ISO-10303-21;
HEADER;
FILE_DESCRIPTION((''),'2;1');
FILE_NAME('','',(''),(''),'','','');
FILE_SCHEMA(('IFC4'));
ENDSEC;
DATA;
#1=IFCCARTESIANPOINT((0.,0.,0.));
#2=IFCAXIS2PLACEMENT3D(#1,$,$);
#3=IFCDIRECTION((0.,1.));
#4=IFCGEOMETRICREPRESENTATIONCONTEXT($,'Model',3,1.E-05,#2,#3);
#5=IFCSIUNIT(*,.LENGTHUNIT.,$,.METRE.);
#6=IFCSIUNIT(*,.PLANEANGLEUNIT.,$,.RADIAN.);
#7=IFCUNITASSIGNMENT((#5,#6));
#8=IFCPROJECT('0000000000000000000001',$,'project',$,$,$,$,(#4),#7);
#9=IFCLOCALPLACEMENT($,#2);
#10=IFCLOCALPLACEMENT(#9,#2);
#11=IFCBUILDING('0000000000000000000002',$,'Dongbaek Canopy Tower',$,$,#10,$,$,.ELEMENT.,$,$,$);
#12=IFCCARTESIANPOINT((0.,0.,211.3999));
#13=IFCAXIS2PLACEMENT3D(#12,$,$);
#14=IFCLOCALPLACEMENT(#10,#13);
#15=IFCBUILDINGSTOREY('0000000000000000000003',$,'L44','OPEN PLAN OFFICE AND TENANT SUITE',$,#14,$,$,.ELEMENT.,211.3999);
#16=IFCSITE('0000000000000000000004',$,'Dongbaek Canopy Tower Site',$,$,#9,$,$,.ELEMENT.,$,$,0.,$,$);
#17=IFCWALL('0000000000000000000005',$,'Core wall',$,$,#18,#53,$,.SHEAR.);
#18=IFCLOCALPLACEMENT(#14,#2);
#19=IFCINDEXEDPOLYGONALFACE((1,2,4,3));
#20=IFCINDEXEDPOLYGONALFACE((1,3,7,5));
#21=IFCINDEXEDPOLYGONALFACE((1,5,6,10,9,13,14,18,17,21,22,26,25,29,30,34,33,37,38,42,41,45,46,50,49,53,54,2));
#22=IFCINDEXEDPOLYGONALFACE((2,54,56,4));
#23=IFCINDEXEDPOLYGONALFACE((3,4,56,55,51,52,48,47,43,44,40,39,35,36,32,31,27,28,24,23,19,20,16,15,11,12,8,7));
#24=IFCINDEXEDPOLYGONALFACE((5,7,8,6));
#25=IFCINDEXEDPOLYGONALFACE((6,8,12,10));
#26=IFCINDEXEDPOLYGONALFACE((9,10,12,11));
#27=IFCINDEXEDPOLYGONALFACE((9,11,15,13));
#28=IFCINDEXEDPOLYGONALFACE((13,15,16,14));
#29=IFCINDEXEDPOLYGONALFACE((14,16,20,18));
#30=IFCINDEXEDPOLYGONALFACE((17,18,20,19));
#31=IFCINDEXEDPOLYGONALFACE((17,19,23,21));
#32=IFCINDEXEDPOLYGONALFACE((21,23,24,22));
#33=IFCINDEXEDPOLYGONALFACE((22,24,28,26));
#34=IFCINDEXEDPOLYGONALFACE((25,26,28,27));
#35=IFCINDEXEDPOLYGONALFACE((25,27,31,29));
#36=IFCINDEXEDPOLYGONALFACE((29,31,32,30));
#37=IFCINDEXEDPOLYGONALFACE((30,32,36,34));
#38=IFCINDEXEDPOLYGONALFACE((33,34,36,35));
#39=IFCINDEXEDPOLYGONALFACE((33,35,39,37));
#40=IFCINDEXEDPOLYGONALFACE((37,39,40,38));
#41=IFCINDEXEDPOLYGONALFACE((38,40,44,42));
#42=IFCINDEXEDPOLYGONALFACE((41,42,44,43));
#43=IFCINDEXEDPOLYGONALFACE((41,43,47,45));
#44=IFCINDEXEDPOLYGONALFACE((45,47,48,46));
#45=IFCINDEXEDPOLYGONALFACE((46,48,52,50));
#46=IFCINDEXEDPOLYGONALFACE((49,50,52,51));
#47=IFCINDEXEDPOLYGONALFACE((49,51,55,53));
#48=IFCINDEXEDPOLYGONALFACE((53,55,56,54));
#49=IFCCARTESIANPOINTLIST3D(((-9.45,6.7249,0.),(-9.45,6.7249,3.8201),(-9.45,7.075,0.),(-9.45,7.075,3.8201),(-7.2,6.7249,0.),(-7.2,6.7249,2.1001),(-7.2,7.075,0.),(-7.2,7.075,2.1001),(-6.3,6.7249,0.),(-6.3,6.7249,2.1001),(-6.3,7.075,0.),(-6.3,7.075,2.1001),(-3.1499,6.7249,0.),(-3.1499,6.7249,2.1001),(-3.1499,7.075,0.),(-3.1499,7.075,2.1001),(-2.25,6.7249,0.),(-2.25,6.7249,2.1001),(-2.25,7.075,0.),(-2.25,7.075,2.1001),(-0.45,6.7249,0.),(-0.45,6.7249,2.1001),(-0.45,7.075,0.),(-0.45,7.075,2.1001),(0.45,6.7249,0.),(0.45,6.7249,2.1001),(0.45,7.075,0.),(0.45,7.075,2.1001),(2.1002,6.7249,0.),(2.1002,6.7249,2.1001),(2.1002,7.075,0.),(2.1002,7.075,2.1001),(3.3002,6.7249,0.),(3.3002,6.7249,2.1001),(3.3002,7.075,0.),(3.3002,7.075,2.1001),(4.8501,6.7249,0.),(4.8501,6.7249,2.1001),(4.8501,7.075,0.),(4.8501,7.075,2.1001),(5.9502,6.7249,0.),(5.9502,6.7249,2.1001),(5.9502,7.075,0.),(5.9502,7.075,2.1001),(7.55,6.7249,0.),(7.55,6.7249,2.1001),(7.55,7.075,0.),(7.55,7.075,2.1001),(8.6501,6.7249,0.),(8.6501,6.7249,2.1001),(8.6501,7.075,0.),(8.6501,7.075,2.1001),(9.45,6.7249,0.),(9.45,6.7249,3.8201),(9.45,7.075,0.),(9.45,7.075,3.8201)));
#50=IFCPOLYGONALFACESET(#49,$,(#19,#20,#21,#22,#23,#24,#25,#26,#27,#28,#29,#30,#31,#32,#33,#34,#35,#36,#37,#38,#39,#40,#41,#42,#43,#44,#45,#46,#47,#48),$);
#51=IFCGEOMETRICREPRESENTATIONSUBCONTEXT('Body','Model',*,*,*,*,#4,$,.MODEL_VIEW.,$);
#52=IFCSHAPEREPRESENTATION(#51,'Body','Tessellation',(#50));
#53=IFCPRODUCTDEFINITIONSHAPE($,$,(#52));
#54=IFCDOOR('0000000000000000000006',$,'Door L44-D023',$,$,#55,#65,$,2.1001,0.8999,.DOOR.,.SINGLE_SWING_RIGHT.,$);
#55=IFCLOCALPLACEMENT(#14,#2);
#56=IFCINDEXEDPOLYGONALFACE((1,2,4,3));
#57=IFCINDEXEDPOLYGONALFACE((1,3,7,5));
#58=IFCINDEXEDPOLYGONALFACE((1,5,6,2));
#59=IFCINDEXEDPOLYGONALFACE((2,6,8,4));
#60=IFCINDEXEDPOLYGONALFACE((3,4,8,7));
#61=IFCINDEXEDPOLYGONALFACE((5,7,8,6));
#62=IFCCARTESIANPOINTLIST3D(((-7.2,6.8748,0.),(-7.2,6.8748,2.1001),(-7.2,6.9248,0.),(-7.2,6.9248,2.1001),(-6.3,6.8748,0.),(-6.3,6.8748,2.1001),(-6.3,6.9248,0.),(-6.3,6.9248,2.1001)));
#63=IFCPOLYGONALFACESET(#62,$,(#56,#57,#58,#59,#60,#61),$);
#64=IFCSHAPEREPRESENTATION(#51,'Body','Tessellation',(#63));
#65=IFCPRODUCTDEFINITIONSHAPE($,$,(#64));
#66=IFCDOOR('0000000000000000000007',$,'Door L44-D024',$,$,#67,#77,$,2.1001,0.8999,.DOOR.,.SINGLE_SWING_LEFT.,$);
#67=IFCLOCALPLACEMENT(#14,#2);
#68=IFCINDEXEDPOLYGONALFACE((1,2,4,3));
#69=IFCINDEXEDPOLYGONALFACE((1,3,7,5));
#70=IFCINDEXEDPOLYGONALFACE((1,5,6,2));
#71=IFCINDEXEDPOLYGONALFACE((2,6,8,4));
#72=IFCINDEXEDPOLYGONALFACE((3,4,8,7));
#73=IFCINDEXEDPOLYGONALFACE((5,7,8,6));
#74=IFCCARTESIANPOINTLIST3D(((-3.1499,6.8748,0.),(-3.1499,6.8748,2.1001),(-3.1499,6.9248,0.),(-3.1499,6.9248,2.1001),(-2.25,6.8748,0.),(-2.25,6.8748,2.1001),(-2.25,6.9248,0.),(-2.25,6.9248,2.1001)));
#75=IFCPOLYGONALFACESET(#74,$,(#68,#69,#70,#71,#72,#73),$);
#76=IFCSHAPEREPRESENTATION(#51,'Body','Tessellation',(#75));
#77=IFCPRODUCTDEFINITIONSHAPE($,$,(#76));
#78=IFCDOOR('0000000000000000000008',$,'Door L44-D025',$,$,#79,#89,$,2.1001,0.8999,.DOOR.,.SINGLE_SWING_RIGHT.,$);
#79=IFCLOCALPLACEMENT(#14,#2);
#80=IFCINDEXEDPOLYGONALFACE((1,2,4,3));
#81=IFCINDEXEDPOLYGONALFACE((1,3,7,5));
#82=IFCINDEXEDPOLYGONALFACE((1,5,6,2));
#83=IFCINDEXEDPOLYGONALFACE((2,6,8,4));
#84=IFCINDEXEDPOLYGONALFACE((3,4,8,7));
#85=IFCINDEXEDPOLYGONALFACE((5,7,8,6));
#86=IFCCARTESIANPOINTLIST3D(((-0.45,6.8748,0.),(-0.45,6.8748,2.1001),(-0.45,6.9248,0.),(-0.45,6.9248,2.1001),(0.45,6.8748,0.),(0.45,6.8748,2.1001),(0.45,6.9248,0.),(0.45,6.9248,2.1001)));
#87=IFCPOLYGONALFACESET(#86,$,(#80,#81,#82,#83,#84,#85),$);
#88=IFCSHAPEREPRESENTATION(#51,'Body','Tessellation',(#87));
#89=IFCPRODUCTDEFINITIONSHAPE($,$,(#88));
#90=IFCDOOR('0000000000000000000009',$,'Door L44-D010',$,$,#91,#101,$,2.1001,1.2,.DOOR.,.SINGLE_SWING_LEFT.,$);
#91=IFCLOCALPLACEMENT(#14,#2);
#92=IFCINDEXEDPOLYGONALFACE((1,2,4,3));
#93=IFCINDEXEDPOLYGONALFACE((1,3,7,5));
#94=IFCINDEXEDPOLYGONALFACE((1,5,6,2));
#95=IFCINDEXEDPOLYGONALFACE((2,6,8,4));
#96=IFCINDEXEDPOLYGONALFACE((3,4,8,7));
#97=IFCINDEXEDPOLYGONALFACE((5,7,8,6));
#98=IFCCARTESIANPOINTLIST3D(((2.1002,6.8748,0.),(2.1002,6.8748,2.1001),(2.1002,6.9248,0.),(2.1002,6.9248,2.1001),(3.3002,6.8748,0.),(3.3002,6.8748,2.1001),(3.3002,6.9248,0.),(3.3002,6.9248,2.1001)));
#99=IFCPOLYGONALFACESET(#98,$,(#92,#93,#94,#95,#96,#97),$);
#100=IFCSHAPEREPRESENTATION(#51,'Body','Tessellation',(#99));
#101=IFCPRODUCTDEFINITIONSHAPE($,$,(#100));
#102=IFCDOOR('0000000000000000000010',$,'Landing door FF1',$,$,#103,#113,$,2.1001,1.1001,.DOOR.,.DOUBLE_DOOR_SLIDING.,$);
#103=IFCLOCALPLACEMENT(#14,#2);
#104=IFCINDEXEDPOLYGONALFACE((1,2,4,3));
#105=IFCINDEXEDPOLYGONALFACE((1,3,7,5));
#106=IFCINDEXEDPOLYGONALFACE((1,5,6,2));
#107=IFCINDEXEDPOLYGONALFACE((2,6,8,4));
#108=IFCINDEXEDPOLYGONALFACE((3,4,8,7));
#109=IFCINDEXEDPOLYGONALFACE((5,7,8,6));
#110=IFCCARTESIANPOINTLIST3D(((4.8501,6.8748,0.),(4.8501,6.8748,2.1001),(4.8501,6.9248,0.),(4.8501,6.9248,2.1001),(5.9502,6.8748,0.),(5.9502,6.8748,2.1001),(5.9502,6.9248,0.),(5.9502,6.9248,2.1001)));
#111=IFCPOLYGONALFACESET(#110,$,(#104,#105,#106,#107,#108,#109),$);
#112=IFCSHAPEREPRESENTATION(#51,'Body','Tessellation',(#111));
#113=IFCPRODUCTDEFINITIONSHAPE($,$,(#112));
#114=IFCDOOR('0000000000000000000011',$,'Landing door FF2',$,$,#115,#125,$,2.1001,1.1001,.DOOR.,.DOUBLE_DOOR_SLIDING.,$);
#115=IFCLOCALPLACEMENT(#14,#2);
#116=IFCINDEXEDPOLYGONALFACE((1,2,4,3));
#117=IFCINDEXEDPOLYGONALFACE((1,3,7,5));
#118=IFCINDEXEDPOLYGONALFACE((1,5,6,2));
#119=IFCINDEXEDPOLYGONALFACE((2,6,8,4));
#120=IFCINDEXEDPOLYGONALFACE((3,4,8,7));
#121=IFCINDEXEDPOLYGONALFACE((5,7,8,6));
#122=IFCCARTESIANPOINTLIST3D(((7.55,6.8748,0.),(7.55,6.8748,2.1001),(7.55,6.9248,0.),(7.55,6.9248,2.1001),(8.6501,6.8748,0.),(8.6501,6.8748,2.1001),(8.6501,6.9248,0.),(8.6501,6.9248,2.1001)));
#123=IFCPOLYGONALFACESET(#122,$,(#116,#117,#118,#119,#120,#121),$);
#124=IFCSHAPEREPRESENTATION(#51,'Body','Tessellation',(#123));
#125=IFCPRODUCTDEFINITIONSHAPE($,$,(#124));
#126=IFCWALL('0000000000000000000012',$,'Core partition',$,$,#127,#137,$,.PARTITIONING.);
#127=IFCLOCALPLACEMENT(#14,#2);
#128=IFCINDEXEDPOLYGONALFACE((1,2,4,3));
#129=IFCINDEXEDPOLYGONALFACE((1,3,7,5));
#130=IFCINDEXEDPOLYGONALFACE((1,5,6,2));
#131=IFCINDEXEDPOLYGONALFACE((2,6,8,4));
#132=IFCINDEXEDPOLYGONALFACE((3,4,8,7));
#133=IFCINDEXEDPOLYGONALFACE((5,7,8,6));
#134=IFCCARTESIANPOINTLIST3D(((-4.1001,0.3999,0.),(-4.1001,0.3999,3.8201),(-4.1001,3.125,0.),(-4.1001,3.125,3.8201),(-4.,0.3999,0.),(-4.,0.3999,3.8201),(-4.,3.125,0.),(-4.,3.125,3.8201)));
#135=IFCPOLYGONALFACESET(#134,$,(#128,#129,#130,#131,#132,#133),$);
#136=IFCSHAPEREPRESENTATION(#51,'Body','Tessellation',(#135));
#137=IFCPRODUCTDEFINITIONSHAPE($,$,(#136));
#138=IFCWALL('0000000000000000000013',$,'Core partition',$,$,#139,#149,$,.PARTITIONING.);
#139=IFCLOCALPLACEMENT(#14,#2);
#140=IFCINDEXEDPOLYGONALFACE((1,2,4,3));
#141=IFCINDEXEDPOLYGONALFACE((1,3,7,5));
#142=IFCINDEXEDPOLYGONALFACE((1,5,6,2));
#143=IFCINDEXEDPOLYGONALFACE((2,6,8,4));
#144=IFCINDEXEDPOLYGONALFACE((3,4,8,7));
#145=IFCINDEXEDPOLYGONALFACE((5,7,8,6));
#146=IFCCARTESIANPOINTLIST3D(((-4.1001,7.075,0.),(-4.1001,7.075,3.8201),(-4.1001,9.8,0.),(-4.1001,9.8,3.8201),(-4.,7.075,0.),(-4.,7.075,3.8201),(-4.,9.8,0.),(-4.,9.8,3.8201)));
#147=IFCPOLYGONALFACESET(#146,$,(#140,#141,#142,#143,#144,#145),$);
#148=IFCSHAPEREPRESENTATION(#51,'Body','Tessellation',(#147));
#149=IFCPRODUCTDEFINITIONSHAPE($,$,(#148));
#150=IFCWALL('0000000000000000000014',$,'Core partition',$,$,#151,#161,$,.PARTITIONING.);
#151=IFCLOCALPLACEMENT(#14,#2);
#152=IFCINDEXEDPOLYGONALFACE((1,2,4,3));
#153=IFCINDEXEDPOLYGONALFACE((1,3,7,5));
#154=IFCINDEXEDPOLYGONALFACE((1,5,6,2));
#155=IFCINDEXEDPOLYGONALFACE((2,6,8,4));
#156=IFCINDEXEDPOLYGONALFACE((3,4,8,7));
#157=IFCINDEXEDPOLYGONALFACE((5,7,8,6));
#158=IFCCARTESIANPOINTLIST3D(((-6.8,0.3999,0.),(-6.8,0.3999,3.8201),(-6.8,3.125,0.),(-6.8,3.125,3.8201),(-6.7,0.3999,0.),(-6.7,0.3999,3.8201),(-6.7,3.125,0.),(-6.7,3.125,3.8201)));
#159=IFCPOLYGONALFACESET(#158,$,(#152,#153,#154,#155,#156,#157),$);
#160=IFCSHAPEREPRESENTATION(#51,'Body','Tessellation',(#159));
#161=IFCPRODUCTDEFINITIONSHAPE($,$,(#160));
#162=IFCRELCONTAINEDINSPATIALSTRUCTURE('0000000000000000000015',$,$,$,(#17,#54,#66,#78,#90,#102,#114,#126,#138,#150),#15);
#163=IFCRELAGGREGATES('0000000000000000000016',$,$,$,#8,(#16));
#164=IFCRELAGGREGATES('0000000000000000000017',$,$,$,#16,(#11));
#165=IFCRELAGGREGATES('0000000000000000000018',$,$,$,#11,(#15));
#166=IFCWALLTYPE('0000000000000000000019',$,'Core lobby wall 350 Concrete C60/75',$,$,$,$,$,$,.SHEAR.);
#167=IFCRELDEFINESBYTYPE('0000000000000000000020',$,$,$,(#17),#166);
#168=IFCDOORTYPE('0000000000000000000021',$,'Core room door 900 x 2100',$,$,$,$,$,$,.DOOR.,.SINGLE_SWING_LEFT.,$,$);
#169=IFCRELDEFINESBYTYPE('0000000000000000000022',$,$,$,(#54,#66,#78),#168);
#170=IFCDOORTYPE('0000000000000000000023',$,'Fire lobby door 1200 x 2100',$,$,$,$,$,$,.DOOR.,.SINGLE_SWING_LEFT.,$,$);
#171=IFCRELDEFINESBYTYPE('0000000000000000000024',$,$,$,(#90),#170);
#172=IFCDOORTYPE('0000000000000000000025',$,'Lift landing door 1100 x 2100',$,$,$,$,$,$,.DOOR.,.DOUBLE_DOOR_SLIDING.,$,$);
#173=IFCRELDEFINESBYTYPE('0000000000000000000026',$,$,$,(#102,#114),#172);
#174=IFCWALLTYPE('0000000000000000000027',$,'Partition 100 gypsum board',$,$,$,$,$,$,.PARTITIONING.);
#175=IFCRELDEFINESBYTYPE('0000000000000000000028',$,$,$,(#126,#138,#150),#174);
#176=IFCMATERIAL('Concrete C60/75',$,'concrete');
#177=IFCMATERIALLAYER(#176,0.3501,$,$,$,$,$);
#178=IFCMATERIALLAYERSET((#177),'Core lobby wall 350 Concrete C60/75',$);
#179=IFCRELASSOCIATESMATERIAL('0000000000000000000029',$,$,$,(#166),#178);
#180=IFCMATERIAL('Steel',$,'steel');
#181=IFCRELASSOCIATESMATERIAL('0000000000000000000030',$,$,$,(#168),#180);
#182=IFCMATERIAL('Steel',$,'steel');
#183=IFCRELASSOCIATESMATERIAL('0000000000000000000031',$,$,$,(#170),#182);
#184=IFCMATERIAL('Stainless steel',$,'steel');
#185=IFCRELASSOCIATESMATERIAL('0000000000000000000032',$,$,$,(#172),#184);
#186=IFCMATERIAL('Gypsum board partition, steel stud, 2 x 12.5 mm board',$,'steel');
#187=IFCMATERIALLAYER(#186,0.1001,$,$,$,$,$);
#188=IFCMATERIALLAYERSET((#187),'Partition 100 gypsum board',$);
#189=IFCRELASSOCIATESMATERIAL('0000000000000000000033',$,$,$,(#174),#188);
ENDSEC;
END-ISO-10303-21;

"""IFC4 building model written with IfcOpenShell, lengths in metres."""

from ifc_helpers import new_model, si_unit, direction, frame, frame_2d, origin, place, context, subcontext, project, spatial, rectangle, extrude, material, layer, layer_set, type_object, element, fill, save


model = new_model("IFC4")

# Units and contexts
model_context = context("Model", 3, precision=1e-05, world=origin(), true_north=direction((0.0, 1.0)))
body_context = subcontext(model_context, "Body", "Model", "MODEL_VIEW")
ifc_project = project(units=[si_unit("LENGTHUNIT", "METRE"), si_unit("PLANEANGLEUNIT", "RADIAN")], contexts=[model_context])

# Site, building, storey
site_placement = place(None, origin())
site = spatial("IfcSite", under=ifc_project, at=site_placement, Name="Dongbaek Canopy Tower Site", CompositionType="ELEMENT", RefElevation=0.0)
building_placement = place(site_placement, origin())
building = spatial("IfcBuilding", under=site, at=building_placement, Name="Dongbaek Canopy Tower", CompositionType="ELEMENT")
storey_placement = place(building_placement, frame((0.0, 0.0, 211.3999)))
storey = spatial("IfcBuildingStorey", under=building, at=storey_placement, Name="L44", Description="OPEN PLAN OFFICE AND TENANT SUITE", CompositionType="ELEMENT", Elevation=211.3999)

# Wall, openings, doors
ifc_material_1 = material(Name="Concrete C60/75", Category="concrete")
ifc_layer_1 = layer(ifc_material_1, 0.3501)
ifc_layer_set_1 = layer_set([ifc_layer_1], Name="Core lobby wall 350 Concrete C60/75")
wall_type_1 = type_object("IfcWallType", Name="Core lobby wall 350 Concrete C60/75", PredefinedType="SHEAR", material=ifc_layer_set_1)
wall_1_placement = place(storey_placement, frame((-9.45, 6.8999, 0.0), z_axis=(0.0, 0.0, 1.0), x_axis=(1.0, 0.0, 0.0)))
wall_1 = element("IfcWall", 1, at=wall_1_placement, inside=storey, type_object=wall_type_1, Name="Core wall", PredefinedType="SHEAR", context=body_context, shape_type="SweptSolid", body=[
    extrude(rectangle(XDim=18.8999, YDim=0.3501, at=frame_2d((9.45, 0.0))), origin(), (0.0, 0.0, 1.0), 3.8201),
])
opening_1_placement = place(wall_1_placement, frame((11.55, 0.0, 0.0)))
opening_1 = element("IfcOpeningElement", 2, at=opening_1_placement, cuts=wall_1, PredefinedType="OPENING", context=body_context, shape_type="SweptSolid", body=[
    extrude(rectangle(XDim=1.2, YDim=2.1001, at=frame_2d((0.6001, 1.05))), frame((0.0, 0.1851, 0.0), z_axis=(0.0, -1.0, 0.0), x_axis=(1.0, 0.0, 0.0)), (0.0, 0.0, 1.0), 0.3701),
])
opening_2_placement = place(wall_1_placement, frame((14.3, 0.0, 0.0)))
opening_2 = element("IfcOpeningElement", 3, at=opening_2_placement, cuts=wall_1, PredefinedType="OPENING", context=body_context, shape_type="SweptSolid", body=[
    extrude(rectangle(XDim=1.1001, YDim=2.1001, at=frame_2d((0.55, 1.05))), frame((0.0, 0.1851, 0.0), z_axis=(0.0, -1.0, 0.0), x_axis=(1.0, 0.0, 0.0)), (0.0, 0.0, 1.0), 0.3701),
])
opening_3_placement = place(wall_1_placement, frame((17.0, 0.0, 0.0)))
opening_3 = element("IfcOpeningElement", 4, at=opening_3_placement, cuts=wall_1, PredefinedType="OPENING", context=body_context, shape_type="SweptSolid", body=[
    extrude(rectangle(XDim=1.1001, YDim=2.1001, at=frame_2d((0.55, 1.05))), frame((0.0, 0.1851, 0.0), z_axis=(0.0, -1.0, 0.0), x_axis=(1.0, 0.0, 0.0)), (0.0, 0.0, 1.0), 0.3701),
])
opening_4_placement = place(wall_1_placement, frame((2.25, 0.0, 0.0)))
opening_4 = element("IfcOpeningElement", 5, at=opening_4_placement, cuts=wall_1, PredefinedType="OPENING", context=body_context, shape_type="SweptSolid", body=[
    extrude(rectangle(XDim=0.8999, YDim=2.1001, at=frame_2d((0.45, 1.05))), frame((0.0, 0.1851, 0.0), z_axis=(0.0, -1.0, 0.0), x_axis=(1.0, 0.0, 0.0)), (0.0, 0.0, 1.0), 0.3701),
])
opening_5_placement = place(wall_1_placement, frame((6.3, 0.0, 0.0)))
opening_5 = element("IfcOpeningElement", 6, at=opening_5_placement, cuts=wall_1, PredefinedType="OPENING", context=body_context, shape_type="SweptSolid", body=[
    extrude(rectangle(XDim=0.8999, YDim=2.1001, at=frame_2d((0.45, 1.05))), frame((0.0, 0.1851, 0.0), z_axis=(0.0, -1.0, 0.0), x_axis=(1.0, 0.0, 0.0)), (0.0, 0.0, 1.0), 0.3701),
])
opening_6_placement = place(wall_1_placement, frame((9.0, 0.0, 0.0)))
opening_6 = element("IfcOpeningElement", 7, at=opening_6_placement, cuts=wall_1, PredefinedType="OPENING", context=body_context, shape_type="SweptSolid", body=[
    extrude(rectangle(XDim=0.8999, YDim=2.1001, at=frame_2d((0.45, 1.05))), frame((0.0, 0.1851, 0.0), z_axis=(0.0, -1.0, 0.0), x_axis=(1.0, 0.0, 0.0)), (0.0, 0.0, 1.0), 0.3701),
])
ifc_material_2 = material(Name="Steel", Category="steel")
door_type_1 = type_object("IfcDoorType", Name="Core room door 900 x 2100", OperationType="SINGLE_SWING_LEFT", PredefinedType="DOOR", material=ifc_material_2)
door_1_placement = place(opening_4_placement, origin())
door_1 = element("IfcDoor", 8, at=door_1_placement, inside=storey, type_object=door_type_1, Name="Door L44-D023", OperationType="SINGLE_SWING_RIGHT", OverallHeight=2.1001, OverallWidth=0.8999, PredefinedType="DOOR", context=body_context, shape_type="SweptSolid", body=[
    extrude(rectangle(XDim=0.8999, YDim=2.1001, at=frame_2d((0.45, 1.05))), frame((0.0, 0.0249, 0.0), z_axis=(0.0, -1.0, 0.0), x_axis=(1.0, 0.0, 0.0)), (0.0, 0.0, 1.0), 0.05),
])
fill(opening_4, door_1)
door_2_placement = place(opening_5_placement, origin())
door_2 = element("IfcDoor", 9, at=door_2_placement, inside=storey, type_object=door_type_1, Name="Door L44-D024", OperationType="SINGLE_SWING_LEFT", OverallHeight=2.1001, OverallWidth=0.8999, PredefinedType="DOOR", context=body_context, shape_type="SweptSolid", body=[
    extrude(rectangle(XDim=0.8999, YDim=2.1001, at=frame_2d((0.45, 1.05))), frame((0.0, 0.0249, 0.0), z_axis=(0.0, -1.0, 0.0), x_axis=(1.0, 0.0, 0.0)), (0.0, 0.0, 1.0), 0.05),
])
fill(opening_5, door_2)
door_3_placement = place(opening_6_placement, origin())
door_3 = element("IfcDoor", 10, at=door_3_placement, inside=storey, type_object=door_type_1, Name="Door L44-D025", OperationType="SINGLE_SWING_RIGHT", OverallHeight=2.1001, OverallWidth=0.8999, PredefinedType="DOOR", context=body_context, shape_type="SweptSolid", body=[
    extrude(rectangle(XDim=0.8999, YDim=2.1001, at=frame_2d((0.45, 1.05))), frame((0.0, 0.0249, 0.0), z_axis=(0.0, -1.0, 0.0), x_axis=(1.0, 0.0, 0.0)), (0.0, 0.0, 1.0), 0.05),
])
fill(opening_6, door_3)
ifc_material_3 = material(Name="Steel", Category="steel")
door_type_2 = type_object("IfcDoorType", Name="Fire lobby door 1200 x 2100", OperationType="SINGLE_SWING_LEFT", PredefinedType="DOOR", material=ifc_material_3)
door_4_placement = place(opening_1_placement, origin())
door_4 = element("IfcDoor", 11, at=door_4_placement, inside=storey, type_object=door_type_2, Name="Door L44-D010", OperationType="SINGLE_SWING_LEFT", OverallHeight=2.1001, OverallWidth=1.2, PredefinedType="DOOR", context=body_context, shape_type="SweptSolid", body=[
    extrude(rectangle(XDim=1.2, YDim=2.1001, at=frame_2d((0.6001, 1.05))), frame((0.0, 0.0249, 0.0), z_axis=(0.0, -1.0, 0.0), x_axis=(1.0, 0.0, 0.0)), (0.0, 0.0, 1.0), 0.05),
])
fill(opening_1, door_4)
ifc_material_4 = material(Name="Stainless steel", Category="steel")
door_type_3 = type_object("IfcDoorType", Name="Lift landing door 1100 x 2100", OperationType="DOUBLE_DOOR_SLIDING", PredefinedType="DOOR", material=ifc_material_4)
door_5_placement = place(opening_2_placement, origin())
door_5 = element("IfcDoor", 12, at=door_5_placement, inside=storey, type_object=door_type_3, Name="Landing door FF1", OperationType="DOUBLE_DOOR_SLIDING", OverallHeight=2.1001, OverallWidth=1.1001, PredefinedType="DOOR", context=body_context, shape_type="SweptSolid", body=[
    extrude(rectangle(XDim=1.1001, YDim=2.1001, at=frame_2d((0.55, 1.05))), frame((0.0, 0.0249, 0.0), z_axis=(0.0, -1.0, 0.0), x_axis=(1.0, 0.0, 0.0)), (0.0, 0.0, 1.0), 0.05),
])
fill(opening_2, door_5)
door_6_placement = place(opening_3_placement, origin())
door_6 = element("IfcDoor", 13, at=door_6_placement, inside=storey, type_object=door_type_3, Name="Landing door FF2", OperationType="DOUBLE_DOOR_SLIDING", OverallHeight=2.1001, OverallWidth=1.1001, PredefinedType="DOOR", context=body_context, shape_type="SweptSolid", body=[
    extrude(rectangle(XDim=1.1001, YDim=2.1001, at=frame_2d((0.55, 1.05))), frame((0.0, 0.0249, 0.0), z_axis=(0.0, -1.0, 0.0), x_axis=(1.0, 0.0, 0.0)), (0.0, 0.0, 1.0), 0.05),
])
fill(opening_3, door_6)

# Walls
ifc_material_5 = material(Name="Gypsum board partition, steel stud, 2 x 12.5 mm board", Category="steel")
ifc_layer_2 = layer(ifc_material_5, 0.1001)
ifc_layer_set_2 = layer_set([ifc_layer_2], Name="Partition 100 gypsum board")
wall_type_2 = type_object("IfcWallType", Name="Partition 100 gypsum board", PredefinedType="PARTITIONING", material=ifc_layer_set_2)
for number, where, z_axis, x_axis, name in (
    (14, (-4.05, 0.3999, 0.0), (0.0, 0.0, 1.0), (0.0, 1.0, 0.0), "Core partition"),
    (15, (-4.05, 7.075, 0.0), (0.0, 0.0, 1.0), (0.0, 1.0, 0.0), "Core partition"),
    (16, (-6.75, 0.3999, 0.0), (0.0, 0.0, 1.0), (0.0, 1.0, 0.0), "Core partition"),
):
    element("IfcWall", number, at=place(storey_placement, frame(where, z_axis=z_axis, x_axis=x_axis)), inside=storey, type_object=wall_type_2, Name=name, PredefinedType="PARTITIONING", context=body_context, shape_type="SweptSolid", body=[
        extrude(rectangle(XDim=2.7251, YDim=0.1001, at=frame_2d((1.3625, 0.0))), origin(), (0.0, 0.0, 1.0), 3.8201),
    ])

save(model, "model.ifc")
